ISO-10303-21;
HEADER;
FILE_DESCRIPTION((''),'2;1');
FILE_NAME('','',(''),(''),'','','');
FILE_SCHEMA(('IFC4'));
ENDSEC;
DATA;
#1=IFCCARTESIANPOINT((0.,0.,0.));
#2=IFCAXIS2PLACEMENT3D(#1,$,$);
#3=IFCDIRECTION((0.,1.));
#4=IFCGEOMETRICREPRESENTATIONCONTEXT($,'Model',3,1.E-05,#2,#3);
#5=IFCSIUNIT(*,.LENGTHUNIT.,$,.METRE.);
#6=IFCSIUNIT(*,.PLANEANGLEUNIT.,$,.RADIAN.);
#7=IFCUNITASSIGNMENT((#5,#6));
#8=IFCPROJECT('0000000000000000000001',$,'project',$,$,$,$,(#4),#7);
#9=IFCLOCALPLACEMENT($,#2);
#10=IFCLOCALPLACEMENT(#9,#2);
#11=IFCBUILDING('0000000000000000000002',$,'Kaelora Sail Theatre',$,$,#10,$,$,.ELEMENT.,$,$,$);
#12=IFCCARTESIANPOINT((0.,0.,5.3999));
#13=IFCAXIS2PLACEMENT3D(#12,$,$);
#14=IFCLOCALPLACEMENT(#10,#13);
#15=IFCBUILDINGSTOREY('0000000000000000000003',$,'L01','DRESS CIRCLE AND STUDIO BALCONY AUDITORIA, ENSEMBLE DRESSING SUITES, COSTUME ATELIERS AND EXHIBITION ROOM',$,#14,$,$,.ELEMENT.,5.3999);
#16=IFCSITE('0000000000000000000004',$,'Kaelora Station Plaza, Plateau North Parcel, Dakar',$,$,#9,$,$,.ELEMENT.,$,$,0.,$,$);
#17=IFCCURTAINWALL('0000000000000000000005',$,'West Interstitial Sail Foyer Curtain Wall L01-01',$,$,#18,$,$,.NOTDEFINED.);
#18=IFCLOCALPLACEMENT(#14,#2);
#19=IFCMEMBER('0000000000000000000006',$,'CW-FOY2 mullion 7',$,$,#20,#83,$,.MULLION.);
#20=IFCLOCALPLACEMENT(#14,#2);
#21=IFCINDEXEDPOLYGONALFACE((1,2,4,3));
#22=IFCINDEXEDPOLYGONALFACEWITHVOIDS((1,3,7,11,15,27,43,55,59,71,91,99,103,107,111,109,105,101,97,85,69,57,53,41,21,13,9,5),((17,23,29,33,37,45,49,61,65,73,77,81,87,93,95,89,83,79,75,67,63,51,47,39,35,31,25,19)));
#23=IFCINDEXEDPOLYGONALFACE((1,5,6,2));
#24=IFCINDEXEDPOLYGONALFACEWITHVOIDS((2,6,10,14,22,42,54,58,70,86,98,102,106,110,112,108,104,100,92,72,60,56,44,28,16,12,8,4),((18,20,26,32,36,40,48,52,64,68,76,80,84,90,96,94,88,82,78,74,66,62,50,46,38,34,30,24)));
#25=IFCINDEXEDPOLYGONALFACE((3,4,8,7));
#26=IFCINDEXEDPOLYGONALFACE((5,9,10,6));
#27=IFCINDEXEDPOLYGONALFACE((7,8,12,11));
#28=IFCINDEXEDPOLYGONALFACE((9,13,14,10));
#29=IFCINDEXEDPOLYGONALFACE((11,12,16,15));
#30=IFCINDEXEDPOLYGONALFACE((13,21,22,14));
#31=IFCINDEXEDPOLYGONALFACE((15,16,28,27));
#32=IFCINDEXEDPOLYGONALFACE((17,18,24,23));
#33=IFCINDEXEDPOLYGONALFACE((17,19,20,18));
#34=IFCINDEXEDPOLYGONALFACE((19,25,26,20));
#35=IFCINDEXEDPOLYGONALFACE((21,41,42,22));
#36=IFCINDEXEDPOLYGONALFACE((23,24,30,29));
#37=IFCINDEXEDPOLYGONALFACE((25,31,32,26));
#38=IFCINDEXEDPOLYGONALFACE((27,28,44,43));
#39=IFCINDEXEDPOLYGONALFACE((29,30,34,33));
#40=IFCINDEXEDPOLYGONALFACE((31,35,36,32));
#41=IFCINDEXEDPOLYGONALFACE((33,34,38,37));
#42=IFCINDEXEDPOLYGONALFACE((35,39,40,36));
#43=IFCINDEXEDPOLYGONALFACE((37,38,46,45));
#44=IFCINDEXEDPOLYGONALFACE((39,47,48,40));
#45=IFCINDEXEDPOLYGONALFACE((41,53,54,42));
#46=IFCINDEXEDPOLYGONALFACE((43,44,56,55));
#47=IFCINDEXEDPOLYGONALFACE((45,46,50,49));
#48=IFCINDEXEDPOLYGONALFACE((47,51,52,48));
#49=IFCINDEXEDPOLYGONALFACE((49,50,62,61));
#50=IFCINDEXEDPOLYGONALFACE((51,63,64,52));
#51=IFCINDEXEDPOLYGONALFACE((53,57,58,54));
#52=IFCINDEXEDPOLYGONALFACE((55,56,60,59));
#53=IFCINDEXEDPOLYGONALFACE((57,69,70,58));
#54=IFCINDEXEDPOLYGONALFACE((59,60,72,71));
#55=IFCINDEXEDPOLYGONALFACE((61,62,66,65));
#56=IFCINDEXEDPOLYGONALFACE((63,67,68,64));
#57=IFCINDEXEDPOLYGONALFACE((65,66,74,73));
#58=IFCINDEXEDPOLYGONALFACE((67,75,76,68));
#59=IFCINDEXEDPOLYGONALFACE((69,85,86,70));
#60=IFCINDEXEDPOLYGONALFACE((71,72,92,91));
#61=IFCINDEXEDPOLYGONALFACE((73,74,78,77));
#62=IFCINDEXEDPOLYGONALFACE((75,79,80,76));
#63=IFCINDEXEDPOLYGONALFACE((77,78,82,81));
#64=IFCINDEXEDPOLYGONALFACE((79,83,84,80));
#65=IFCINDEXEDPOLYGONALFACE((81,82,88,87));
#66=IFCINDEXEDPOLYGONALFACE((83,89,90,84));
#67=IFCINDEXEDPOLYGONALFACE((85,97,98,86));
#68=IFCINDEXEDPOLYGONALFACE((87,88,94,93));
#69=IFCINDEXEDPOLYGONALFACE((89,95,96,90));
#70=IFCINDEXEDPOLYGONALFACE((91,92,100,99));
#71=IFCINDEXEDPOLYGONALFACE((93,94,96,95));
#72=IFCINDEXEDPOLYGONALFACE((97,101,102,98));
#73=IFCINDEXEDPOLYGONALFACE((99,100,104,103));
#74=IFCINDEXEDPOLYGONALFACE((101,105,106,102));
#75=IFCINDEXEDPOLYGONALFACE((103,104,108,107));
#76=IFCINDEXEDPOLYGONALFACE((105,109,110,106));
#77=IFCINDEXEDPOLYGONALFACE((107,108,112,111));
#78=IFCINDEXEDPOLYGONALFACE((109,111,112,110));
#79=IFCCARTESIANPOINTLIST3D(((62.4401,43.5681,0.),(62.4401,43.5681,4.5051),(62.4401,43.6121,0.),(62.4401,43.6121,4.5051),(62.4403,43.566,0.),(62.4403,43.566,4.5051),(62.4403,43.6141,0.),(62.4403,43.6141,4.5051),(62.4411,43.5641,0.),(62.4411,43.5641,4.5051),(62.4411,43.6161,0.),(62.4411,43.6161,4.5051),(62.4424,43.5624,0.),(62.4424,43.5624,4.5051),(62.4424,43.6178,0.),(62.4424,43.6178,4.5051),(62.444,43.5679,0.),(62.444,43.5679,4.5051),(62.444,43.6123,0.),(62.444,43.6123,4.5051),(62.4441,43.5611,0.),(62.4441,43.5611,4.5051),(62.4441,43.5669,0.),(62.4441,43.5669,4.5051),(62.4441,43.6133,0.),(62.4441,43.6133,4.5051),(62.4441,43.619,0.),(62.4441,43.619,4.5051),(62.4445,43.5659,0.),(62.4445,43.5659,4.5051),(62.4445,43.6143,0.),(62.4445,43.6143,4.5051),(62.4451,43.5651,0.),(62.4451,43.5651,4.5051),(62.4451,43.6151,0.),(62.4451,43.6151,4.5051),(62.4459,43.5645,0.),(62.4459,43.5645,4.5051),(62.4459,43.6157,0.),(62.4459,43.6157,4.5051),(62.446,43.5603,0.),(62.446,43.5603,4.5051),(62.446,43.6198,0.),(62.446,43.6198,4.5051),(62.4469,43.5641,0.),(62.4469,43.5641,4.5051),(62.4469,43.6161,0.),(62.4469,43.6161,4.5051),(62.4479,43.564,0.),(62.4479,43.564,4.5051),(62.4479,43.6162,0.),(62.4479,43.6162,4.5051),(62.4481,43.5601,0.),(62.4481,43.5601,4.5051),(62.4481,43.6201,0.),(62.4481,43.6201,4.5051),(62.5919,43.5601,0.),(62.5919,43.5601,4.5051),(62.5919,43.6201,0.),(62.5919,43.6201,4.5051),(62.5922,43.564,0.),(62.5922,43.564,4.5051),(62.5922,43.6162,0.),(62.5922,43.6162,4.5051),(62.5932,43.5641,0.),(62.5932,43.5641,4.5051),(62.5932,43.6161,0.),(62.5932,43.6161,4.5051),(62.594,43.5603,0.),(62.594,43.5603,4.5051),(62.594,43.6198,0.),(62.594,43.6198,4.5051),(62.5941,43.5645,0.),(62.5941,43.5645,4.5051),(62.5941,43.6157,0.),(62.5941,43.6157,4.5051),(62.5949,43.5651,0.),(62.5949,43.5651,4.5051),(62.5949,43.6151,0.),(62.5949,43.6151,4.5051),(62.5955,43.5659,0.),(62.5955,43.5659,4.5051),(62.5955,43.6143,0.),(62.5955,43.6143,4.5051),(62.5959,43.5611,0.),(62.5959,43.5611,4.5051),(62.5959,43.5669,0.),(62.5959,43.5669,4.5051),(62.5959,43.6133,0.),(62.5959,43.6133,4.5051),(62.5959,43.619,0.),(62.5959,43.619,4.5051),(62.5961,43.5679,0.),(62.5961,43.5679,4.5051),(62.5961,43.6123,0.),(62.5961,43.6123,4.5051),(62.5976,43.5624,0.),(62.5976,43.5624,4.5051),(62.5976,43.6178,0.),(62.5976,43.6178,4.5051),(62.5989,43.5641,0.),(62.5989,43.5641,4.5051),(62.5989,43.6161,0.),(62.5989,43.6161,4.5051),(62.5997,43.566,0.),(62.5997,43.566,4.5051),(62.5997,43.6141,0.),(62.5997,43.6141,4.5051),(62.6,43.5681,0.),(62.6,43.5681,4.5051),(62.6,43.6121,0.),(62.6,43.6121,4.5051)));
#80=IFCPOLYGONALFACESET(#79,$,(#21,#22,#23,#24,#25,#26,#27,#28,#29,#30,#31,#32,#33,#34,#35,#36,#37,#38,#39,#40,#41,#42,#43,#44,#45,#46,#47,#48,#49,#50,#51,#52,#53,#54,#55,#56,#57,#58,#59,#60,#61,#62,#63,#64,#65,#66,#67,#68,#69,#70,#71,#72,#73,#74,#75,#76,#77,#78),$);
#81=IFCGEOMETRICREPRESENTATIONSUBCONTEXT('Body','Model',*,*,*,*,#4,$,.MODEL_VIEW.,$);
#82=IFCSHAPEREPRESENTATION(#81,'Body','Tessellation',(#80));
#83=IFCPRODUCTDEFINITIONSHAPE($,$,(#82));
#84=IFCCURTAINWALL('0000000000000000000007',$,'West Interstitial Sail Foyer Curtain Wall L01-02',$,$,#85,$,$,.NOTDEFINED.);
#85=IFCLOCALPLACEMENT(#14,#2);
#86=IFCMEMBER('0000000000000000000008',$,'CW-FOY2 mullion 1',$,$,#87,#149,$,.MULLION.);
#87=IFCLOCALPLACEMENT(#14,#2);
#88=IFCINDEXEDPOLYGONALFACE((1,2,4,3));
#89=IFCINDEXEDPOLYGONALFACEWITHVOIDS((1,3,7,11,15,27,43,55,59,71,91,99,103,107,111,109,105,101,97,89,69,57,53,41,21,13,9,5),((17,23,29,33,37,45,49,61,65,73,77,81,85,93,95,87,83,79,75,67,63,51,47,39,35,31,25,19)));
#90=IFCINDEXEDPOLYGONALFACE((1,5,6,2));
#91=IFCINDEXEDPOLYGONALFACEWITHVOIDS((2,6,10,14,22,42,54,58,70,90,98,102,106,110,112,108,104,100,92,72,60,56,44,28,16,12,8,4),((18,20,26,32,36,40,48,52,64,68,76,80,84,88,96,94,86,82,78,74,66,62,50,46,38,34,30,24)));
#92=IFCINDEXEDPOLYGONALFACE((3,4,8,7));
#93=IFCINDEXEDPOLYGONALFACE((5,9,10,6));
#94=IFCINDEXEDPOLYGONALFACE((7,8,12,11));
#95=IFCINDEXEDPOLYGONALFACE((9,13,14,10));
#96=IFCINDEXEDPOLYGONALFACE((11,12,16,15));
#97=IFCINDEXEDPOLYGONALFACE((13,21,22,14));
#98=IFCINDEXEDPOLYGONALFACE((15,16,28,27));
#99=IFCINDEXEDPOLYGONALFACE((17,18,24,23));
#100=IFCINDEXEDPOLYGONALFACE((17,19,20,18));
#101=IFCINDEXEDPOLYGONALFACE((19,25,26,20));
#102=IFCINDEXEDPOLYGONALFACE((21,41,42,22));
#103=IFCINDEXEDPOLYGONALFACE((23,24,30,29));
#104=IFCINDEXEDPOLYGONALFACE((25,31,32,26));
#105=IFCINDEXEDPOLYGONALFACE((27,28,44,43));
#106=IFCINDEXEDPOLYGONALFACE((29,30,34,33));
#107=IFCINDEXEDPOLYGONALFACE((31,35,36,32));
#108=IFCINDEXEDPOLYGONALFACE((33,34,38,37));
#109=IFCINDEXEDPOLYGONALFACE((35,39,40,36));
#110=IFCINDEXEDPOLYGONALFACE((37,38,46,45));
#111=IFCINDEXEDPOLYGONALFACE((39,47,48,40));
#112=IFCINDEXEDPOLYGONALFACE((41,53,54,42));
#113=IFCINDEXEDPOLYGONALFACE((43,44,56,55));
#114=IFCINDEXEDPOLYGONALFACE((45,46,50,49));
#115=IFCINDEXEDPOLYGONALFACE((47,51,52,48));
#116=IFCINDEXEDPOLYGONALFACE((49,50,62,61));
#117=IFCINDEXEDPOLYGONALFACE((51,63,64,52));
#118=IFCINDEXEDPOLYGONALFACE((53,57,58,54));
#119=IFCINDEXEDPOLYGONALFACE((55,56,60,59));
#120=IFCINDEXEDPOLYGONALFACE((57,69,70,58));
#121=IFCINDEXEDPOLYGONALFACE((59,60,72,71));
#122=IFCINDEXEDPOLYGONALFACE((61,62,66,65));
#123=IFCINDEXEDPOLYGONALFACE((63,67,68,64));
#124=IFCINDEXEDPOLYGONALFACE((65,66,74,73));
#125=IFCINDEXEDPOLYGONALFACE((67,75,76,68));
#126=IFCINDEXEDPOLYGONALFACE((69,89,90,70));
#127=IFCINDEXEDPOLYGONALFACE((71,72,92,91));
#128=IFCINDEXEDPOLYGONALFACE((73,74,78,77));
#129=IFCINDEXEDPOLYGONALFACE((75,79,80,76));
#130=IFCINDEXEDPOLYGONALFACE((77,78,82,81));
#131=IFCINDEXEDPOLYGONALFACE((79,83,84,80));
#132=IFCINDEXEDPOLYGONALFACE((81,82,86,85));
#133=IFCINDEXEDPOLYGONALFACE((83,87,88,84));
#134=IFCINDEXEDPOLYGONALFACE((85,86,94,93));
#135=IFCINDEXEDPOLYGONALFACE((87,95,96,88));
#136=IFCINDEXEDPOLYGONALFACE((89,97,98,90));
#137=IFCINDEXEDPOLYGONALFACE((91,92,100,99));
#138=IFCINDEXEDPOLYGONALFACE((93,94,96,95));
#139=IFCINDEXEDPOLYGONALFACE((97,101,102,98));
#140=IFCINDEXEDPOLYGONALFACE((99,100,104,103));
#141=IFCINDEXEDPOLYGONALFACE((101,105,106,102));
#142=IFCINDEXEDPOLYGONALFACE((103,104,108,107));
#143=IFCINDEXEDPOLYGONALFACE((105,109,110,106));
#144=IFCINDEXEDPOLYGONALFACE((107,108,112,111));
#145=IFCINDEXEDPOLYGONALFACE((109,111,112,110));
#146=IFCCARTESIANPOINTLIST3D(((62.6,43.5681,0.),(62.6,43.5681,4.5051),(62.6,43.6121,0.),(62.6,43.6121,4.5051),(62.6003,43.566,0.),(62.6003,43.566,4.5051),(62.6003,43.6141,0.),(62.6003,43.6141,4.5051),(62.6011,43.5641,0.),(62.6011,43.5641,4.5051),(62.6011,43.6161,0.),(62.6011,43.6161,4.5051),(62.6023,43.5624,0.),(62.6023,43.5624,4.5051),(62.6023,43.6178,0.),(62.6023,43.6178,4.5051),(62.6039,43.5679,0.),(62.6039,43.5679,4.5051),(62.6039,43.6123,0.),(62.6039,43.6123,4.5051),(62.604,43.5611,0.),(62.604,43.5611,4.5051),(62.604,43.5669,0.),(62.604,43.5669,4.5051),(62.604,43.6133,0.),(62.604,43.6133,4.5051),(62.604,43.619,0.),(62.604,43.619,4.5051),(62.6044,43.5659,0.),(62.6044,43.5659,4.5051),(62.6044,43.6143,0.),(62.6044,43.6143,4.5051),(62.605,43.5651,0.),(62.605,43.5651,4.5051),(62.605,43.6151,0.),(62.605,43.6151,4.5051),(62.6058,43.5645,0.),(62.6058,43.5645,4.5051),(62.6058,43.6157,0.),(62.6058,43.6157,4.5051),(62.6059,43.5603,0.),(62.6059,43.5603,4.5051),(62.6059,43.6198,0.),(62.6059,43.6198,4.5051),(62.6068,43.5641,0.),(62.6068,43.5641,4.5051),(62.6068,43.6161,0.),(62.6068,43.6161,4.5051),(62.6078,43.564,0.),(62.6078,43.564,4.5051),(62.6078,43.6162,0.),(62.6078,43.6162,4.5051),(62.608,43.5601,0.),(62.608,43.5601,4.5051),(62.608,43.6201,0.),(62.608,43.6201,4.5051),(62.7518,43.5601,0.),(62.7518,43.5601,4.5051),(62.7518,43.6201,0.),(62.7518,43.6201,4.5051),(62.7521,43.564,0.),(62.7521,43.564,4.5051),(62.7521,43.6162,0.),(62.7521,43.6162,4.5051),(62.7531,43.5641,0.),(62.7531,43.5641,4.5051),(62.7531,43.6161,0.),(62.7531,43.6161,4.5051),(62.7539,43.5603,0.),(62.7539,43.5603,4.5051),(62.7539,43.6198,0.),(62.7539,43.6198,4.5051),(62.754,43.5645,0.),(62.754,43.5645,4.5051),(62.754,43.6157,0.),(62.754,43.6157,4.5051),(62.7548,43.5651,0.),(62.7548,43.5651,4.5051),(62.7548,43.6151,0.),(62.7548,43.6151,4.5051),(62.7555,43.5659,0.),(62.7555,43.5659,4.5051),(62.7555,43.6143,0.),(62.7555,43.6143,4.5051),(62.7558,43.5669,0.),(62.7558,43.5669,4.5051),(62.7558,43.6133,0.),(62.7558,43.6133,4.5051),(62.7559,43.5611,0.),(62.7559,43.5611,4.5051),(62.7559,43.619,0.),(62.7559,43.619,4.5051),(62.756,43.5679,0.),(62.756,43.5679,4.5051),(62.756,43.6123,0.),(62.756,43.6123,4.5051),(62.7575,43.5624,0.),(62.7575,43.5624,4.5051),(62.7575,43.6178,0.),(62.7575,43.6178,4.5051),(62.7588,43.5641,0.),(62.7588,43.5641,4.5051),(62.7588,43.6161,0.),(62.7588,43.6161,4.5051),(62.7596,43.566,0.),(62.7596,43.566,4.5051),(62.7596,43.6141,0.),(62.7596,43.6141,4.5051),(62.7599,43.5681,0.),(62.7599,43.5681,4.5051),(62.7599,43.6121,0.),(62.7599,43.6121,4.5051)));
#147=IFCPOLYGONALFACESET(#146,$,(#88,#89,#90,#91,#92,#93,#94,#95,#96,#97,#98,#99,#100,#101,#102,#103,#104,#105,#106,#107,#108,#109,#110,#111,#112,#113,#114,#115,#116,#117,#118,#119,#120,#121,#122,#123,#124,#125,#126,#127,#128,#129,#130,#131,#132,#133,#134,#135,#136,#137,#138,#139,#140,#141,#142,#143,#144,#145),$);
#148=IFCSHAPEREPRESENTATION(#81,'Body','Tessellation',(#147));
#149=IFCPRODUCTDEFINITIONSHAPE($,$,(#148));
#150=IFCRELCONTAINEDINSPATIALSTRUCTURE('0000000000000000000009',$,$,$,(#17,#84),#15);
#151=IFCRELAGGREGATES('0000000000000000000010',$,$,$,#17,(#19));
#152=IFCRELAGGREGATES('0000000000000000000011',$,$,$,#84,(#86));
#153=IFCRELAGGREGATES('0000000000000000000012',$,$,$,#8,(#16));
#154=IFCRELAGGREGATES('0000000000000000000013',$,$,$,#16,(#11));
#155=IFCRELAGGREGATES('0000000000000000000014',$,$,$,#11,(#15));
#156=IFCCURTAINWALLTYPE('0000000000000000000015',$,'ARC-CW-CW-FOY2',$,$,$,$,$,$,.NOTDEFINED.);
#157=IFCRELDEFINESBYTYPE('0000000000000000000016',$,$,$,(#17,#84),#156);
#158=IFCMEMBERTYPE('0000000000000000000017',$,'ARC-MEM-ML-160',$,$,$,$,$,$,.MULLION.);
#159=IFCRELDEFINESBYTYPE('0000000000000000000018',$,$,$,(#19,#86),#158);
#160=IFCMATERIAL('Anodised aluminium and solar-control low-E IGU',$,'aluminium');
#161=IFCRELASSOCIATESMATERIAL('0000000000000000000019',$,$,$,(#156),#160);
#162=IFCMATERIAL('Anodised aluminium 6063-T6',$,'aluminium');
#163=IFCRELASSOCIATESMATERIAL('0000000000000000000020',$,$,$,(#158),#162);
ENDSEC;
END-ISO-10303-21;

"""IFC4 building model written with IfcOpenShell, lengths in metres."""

from ifc_helpers import new_model, si_unit, direction, frame, origin, origin_2d, place, context, subcontext, project, spatial, hollow_rectangle, extrude, material, material_profile, profile_set, type_object, element, aggregate, save


model = new_model("IFC4")

# Units and contexts
model_context = context("Model", 3, precision=1e-05, world=origin(), true_north=direction((0.0, 1.0)))
body_context = subcontext(model_context, "Body", "Model", "MODEL_VIEW")
ifc_project = project(units=[si_unit("LENGTHUNIT", "METRE"), si_unit("PLANEANGLEUNIT", "RADIAN")], contexts=[model_context])

# Site, building, storey
site_placement = place(None, origin())
site = spatial("IfcSite", under=ifc_project, at=site_placement, Name="Kaelora Station Plaza, Plateau North Parcel, Dakar", CompositionType="ELEMENT", RefElevation=0.0)
building_placement = place(site_placement, origin())
building = spatial("IfcBuilding", under=site, at=building_placement, Name="Kaelora Sail Theatre", CompositionType="ELEMENT")
storey_placement = place(building_placement, frame((0.0, 0.0, 5.3999)))
storey = spatial("IfcBuildingStorey", under=building, at=storey_placement, Name="L01", Description="DRESS CIRCLE AND STUDIO BALCONY AUDITORIA, ENSEMBLE DRESSING SUITES, COSTUME ATELIERS AND EXHIBITION ROOM", CompositionType="ELEMENT", Elevation=5.3999)

# Curtain wall, member
ifc_material_1 = material(Name="Anodised aluminium and solar-control low-E IGU", Category="aluminium")
curtain_wall_type = type_object("IfcCurtainWallType", Name="ARC-CW-CW-FOY2", PredefinedType="NOTDEFINED", material=ifc_material_1)
curtain_wall_1_placement = place(storey_placement, origin())
curtain_wall_1 = element("IfcCurtainWall", 1, at=curtain_wall_1_placement, inside=storey, type_object=curtain_wall_type, Name="West Interstitial Sail Foyer Curtain Wall L01-01", PredefinedType="NOTDEFINED")
ifc_material_2 = material(Name="Anodised aluminium 6063-T6", Category="aluminium")
ifc_material_profile_1 = material_profile(ifc_material_2, hollow_rectangle(XDim=0.0601, YDim=0.1599, WallThickness=0.0039, InnerFilletRadius=0.0039, OuterFilletRadius=0.0081, at=origin_2d()), Name="ALU-MULL 60x160x4")
ifc_profile_set_1 = profile_set([ifc_material_profile_1], Name="Anodised aluminium 6063-T6")
member_type_1 = type_object("IfcMemberType", Name="ARC-MEM-ML-160", PredefinedType="MULLION", material=ifc_profile_set_1)
member_1_placement = place(storey_placement, frame((62.52, 43.5901, 0.0), z_axis=(0.0, 0.0, 1.0), x_axis=(0.0, 1.0, 0.0)))
member_1 = element("IfcMember", 2, at=member_1_placement, type_object=member_type_1, Name="CW-FOY2 mullion 7", PredefinedType="MULLION", context=body_context, shape_type="SweptSolid", body=[
    extrude(hollow_rectangle(XDim=0.0601, YDim=0.1599, WallThickness=0.0039, InnerFilletRadius=0.0039, OuterFilletRadius=0.0081, at=origin_2d()), origin(), (0.0, 0.0, 1.0), 4.5051),
])

# Curtain wall, member
curtain_wall_2_placement = place(storey_placement, origin())
curtain_wall_2 = element("IfcCurtainWall", 3, at=curtain_wall_2_placement, inside=storey, type_object=curtain_wall_type, Name="West Interstitial Sail Foyer Curtain Wall L01-02", PredefinedType="NOTDEFINED")
member_2_placement = place(storey_placement, frame((62.6799, 43.5901, 0.0), z_axis=(0.0, 0.0, 1.0), x_axis=(0.0, 1.0, 0.0)))
member_2 = element("IfcMember", 4, at=member_2_placement, type_object=member_type_1, Name="CW-FOY2 mullion 1", PredefinedType="MULLION", context=body_context, shape_type="SweptSolid", body=[
    extrude(hollow_rectangle(XDim=0.0601, YDim=0.1599, WallThickness=0.0039, InnerFilletRadius=0.0039, OuterFilletRadius=0.0081, at=origin_2d()), origin(), (0.0, 0.0, 1.0), 4.5051),
])

aggregate(curtain_wall_1, [member_1])
aggregate(curtain_wall_2, [member_2])

save(model, "model.ifc")
